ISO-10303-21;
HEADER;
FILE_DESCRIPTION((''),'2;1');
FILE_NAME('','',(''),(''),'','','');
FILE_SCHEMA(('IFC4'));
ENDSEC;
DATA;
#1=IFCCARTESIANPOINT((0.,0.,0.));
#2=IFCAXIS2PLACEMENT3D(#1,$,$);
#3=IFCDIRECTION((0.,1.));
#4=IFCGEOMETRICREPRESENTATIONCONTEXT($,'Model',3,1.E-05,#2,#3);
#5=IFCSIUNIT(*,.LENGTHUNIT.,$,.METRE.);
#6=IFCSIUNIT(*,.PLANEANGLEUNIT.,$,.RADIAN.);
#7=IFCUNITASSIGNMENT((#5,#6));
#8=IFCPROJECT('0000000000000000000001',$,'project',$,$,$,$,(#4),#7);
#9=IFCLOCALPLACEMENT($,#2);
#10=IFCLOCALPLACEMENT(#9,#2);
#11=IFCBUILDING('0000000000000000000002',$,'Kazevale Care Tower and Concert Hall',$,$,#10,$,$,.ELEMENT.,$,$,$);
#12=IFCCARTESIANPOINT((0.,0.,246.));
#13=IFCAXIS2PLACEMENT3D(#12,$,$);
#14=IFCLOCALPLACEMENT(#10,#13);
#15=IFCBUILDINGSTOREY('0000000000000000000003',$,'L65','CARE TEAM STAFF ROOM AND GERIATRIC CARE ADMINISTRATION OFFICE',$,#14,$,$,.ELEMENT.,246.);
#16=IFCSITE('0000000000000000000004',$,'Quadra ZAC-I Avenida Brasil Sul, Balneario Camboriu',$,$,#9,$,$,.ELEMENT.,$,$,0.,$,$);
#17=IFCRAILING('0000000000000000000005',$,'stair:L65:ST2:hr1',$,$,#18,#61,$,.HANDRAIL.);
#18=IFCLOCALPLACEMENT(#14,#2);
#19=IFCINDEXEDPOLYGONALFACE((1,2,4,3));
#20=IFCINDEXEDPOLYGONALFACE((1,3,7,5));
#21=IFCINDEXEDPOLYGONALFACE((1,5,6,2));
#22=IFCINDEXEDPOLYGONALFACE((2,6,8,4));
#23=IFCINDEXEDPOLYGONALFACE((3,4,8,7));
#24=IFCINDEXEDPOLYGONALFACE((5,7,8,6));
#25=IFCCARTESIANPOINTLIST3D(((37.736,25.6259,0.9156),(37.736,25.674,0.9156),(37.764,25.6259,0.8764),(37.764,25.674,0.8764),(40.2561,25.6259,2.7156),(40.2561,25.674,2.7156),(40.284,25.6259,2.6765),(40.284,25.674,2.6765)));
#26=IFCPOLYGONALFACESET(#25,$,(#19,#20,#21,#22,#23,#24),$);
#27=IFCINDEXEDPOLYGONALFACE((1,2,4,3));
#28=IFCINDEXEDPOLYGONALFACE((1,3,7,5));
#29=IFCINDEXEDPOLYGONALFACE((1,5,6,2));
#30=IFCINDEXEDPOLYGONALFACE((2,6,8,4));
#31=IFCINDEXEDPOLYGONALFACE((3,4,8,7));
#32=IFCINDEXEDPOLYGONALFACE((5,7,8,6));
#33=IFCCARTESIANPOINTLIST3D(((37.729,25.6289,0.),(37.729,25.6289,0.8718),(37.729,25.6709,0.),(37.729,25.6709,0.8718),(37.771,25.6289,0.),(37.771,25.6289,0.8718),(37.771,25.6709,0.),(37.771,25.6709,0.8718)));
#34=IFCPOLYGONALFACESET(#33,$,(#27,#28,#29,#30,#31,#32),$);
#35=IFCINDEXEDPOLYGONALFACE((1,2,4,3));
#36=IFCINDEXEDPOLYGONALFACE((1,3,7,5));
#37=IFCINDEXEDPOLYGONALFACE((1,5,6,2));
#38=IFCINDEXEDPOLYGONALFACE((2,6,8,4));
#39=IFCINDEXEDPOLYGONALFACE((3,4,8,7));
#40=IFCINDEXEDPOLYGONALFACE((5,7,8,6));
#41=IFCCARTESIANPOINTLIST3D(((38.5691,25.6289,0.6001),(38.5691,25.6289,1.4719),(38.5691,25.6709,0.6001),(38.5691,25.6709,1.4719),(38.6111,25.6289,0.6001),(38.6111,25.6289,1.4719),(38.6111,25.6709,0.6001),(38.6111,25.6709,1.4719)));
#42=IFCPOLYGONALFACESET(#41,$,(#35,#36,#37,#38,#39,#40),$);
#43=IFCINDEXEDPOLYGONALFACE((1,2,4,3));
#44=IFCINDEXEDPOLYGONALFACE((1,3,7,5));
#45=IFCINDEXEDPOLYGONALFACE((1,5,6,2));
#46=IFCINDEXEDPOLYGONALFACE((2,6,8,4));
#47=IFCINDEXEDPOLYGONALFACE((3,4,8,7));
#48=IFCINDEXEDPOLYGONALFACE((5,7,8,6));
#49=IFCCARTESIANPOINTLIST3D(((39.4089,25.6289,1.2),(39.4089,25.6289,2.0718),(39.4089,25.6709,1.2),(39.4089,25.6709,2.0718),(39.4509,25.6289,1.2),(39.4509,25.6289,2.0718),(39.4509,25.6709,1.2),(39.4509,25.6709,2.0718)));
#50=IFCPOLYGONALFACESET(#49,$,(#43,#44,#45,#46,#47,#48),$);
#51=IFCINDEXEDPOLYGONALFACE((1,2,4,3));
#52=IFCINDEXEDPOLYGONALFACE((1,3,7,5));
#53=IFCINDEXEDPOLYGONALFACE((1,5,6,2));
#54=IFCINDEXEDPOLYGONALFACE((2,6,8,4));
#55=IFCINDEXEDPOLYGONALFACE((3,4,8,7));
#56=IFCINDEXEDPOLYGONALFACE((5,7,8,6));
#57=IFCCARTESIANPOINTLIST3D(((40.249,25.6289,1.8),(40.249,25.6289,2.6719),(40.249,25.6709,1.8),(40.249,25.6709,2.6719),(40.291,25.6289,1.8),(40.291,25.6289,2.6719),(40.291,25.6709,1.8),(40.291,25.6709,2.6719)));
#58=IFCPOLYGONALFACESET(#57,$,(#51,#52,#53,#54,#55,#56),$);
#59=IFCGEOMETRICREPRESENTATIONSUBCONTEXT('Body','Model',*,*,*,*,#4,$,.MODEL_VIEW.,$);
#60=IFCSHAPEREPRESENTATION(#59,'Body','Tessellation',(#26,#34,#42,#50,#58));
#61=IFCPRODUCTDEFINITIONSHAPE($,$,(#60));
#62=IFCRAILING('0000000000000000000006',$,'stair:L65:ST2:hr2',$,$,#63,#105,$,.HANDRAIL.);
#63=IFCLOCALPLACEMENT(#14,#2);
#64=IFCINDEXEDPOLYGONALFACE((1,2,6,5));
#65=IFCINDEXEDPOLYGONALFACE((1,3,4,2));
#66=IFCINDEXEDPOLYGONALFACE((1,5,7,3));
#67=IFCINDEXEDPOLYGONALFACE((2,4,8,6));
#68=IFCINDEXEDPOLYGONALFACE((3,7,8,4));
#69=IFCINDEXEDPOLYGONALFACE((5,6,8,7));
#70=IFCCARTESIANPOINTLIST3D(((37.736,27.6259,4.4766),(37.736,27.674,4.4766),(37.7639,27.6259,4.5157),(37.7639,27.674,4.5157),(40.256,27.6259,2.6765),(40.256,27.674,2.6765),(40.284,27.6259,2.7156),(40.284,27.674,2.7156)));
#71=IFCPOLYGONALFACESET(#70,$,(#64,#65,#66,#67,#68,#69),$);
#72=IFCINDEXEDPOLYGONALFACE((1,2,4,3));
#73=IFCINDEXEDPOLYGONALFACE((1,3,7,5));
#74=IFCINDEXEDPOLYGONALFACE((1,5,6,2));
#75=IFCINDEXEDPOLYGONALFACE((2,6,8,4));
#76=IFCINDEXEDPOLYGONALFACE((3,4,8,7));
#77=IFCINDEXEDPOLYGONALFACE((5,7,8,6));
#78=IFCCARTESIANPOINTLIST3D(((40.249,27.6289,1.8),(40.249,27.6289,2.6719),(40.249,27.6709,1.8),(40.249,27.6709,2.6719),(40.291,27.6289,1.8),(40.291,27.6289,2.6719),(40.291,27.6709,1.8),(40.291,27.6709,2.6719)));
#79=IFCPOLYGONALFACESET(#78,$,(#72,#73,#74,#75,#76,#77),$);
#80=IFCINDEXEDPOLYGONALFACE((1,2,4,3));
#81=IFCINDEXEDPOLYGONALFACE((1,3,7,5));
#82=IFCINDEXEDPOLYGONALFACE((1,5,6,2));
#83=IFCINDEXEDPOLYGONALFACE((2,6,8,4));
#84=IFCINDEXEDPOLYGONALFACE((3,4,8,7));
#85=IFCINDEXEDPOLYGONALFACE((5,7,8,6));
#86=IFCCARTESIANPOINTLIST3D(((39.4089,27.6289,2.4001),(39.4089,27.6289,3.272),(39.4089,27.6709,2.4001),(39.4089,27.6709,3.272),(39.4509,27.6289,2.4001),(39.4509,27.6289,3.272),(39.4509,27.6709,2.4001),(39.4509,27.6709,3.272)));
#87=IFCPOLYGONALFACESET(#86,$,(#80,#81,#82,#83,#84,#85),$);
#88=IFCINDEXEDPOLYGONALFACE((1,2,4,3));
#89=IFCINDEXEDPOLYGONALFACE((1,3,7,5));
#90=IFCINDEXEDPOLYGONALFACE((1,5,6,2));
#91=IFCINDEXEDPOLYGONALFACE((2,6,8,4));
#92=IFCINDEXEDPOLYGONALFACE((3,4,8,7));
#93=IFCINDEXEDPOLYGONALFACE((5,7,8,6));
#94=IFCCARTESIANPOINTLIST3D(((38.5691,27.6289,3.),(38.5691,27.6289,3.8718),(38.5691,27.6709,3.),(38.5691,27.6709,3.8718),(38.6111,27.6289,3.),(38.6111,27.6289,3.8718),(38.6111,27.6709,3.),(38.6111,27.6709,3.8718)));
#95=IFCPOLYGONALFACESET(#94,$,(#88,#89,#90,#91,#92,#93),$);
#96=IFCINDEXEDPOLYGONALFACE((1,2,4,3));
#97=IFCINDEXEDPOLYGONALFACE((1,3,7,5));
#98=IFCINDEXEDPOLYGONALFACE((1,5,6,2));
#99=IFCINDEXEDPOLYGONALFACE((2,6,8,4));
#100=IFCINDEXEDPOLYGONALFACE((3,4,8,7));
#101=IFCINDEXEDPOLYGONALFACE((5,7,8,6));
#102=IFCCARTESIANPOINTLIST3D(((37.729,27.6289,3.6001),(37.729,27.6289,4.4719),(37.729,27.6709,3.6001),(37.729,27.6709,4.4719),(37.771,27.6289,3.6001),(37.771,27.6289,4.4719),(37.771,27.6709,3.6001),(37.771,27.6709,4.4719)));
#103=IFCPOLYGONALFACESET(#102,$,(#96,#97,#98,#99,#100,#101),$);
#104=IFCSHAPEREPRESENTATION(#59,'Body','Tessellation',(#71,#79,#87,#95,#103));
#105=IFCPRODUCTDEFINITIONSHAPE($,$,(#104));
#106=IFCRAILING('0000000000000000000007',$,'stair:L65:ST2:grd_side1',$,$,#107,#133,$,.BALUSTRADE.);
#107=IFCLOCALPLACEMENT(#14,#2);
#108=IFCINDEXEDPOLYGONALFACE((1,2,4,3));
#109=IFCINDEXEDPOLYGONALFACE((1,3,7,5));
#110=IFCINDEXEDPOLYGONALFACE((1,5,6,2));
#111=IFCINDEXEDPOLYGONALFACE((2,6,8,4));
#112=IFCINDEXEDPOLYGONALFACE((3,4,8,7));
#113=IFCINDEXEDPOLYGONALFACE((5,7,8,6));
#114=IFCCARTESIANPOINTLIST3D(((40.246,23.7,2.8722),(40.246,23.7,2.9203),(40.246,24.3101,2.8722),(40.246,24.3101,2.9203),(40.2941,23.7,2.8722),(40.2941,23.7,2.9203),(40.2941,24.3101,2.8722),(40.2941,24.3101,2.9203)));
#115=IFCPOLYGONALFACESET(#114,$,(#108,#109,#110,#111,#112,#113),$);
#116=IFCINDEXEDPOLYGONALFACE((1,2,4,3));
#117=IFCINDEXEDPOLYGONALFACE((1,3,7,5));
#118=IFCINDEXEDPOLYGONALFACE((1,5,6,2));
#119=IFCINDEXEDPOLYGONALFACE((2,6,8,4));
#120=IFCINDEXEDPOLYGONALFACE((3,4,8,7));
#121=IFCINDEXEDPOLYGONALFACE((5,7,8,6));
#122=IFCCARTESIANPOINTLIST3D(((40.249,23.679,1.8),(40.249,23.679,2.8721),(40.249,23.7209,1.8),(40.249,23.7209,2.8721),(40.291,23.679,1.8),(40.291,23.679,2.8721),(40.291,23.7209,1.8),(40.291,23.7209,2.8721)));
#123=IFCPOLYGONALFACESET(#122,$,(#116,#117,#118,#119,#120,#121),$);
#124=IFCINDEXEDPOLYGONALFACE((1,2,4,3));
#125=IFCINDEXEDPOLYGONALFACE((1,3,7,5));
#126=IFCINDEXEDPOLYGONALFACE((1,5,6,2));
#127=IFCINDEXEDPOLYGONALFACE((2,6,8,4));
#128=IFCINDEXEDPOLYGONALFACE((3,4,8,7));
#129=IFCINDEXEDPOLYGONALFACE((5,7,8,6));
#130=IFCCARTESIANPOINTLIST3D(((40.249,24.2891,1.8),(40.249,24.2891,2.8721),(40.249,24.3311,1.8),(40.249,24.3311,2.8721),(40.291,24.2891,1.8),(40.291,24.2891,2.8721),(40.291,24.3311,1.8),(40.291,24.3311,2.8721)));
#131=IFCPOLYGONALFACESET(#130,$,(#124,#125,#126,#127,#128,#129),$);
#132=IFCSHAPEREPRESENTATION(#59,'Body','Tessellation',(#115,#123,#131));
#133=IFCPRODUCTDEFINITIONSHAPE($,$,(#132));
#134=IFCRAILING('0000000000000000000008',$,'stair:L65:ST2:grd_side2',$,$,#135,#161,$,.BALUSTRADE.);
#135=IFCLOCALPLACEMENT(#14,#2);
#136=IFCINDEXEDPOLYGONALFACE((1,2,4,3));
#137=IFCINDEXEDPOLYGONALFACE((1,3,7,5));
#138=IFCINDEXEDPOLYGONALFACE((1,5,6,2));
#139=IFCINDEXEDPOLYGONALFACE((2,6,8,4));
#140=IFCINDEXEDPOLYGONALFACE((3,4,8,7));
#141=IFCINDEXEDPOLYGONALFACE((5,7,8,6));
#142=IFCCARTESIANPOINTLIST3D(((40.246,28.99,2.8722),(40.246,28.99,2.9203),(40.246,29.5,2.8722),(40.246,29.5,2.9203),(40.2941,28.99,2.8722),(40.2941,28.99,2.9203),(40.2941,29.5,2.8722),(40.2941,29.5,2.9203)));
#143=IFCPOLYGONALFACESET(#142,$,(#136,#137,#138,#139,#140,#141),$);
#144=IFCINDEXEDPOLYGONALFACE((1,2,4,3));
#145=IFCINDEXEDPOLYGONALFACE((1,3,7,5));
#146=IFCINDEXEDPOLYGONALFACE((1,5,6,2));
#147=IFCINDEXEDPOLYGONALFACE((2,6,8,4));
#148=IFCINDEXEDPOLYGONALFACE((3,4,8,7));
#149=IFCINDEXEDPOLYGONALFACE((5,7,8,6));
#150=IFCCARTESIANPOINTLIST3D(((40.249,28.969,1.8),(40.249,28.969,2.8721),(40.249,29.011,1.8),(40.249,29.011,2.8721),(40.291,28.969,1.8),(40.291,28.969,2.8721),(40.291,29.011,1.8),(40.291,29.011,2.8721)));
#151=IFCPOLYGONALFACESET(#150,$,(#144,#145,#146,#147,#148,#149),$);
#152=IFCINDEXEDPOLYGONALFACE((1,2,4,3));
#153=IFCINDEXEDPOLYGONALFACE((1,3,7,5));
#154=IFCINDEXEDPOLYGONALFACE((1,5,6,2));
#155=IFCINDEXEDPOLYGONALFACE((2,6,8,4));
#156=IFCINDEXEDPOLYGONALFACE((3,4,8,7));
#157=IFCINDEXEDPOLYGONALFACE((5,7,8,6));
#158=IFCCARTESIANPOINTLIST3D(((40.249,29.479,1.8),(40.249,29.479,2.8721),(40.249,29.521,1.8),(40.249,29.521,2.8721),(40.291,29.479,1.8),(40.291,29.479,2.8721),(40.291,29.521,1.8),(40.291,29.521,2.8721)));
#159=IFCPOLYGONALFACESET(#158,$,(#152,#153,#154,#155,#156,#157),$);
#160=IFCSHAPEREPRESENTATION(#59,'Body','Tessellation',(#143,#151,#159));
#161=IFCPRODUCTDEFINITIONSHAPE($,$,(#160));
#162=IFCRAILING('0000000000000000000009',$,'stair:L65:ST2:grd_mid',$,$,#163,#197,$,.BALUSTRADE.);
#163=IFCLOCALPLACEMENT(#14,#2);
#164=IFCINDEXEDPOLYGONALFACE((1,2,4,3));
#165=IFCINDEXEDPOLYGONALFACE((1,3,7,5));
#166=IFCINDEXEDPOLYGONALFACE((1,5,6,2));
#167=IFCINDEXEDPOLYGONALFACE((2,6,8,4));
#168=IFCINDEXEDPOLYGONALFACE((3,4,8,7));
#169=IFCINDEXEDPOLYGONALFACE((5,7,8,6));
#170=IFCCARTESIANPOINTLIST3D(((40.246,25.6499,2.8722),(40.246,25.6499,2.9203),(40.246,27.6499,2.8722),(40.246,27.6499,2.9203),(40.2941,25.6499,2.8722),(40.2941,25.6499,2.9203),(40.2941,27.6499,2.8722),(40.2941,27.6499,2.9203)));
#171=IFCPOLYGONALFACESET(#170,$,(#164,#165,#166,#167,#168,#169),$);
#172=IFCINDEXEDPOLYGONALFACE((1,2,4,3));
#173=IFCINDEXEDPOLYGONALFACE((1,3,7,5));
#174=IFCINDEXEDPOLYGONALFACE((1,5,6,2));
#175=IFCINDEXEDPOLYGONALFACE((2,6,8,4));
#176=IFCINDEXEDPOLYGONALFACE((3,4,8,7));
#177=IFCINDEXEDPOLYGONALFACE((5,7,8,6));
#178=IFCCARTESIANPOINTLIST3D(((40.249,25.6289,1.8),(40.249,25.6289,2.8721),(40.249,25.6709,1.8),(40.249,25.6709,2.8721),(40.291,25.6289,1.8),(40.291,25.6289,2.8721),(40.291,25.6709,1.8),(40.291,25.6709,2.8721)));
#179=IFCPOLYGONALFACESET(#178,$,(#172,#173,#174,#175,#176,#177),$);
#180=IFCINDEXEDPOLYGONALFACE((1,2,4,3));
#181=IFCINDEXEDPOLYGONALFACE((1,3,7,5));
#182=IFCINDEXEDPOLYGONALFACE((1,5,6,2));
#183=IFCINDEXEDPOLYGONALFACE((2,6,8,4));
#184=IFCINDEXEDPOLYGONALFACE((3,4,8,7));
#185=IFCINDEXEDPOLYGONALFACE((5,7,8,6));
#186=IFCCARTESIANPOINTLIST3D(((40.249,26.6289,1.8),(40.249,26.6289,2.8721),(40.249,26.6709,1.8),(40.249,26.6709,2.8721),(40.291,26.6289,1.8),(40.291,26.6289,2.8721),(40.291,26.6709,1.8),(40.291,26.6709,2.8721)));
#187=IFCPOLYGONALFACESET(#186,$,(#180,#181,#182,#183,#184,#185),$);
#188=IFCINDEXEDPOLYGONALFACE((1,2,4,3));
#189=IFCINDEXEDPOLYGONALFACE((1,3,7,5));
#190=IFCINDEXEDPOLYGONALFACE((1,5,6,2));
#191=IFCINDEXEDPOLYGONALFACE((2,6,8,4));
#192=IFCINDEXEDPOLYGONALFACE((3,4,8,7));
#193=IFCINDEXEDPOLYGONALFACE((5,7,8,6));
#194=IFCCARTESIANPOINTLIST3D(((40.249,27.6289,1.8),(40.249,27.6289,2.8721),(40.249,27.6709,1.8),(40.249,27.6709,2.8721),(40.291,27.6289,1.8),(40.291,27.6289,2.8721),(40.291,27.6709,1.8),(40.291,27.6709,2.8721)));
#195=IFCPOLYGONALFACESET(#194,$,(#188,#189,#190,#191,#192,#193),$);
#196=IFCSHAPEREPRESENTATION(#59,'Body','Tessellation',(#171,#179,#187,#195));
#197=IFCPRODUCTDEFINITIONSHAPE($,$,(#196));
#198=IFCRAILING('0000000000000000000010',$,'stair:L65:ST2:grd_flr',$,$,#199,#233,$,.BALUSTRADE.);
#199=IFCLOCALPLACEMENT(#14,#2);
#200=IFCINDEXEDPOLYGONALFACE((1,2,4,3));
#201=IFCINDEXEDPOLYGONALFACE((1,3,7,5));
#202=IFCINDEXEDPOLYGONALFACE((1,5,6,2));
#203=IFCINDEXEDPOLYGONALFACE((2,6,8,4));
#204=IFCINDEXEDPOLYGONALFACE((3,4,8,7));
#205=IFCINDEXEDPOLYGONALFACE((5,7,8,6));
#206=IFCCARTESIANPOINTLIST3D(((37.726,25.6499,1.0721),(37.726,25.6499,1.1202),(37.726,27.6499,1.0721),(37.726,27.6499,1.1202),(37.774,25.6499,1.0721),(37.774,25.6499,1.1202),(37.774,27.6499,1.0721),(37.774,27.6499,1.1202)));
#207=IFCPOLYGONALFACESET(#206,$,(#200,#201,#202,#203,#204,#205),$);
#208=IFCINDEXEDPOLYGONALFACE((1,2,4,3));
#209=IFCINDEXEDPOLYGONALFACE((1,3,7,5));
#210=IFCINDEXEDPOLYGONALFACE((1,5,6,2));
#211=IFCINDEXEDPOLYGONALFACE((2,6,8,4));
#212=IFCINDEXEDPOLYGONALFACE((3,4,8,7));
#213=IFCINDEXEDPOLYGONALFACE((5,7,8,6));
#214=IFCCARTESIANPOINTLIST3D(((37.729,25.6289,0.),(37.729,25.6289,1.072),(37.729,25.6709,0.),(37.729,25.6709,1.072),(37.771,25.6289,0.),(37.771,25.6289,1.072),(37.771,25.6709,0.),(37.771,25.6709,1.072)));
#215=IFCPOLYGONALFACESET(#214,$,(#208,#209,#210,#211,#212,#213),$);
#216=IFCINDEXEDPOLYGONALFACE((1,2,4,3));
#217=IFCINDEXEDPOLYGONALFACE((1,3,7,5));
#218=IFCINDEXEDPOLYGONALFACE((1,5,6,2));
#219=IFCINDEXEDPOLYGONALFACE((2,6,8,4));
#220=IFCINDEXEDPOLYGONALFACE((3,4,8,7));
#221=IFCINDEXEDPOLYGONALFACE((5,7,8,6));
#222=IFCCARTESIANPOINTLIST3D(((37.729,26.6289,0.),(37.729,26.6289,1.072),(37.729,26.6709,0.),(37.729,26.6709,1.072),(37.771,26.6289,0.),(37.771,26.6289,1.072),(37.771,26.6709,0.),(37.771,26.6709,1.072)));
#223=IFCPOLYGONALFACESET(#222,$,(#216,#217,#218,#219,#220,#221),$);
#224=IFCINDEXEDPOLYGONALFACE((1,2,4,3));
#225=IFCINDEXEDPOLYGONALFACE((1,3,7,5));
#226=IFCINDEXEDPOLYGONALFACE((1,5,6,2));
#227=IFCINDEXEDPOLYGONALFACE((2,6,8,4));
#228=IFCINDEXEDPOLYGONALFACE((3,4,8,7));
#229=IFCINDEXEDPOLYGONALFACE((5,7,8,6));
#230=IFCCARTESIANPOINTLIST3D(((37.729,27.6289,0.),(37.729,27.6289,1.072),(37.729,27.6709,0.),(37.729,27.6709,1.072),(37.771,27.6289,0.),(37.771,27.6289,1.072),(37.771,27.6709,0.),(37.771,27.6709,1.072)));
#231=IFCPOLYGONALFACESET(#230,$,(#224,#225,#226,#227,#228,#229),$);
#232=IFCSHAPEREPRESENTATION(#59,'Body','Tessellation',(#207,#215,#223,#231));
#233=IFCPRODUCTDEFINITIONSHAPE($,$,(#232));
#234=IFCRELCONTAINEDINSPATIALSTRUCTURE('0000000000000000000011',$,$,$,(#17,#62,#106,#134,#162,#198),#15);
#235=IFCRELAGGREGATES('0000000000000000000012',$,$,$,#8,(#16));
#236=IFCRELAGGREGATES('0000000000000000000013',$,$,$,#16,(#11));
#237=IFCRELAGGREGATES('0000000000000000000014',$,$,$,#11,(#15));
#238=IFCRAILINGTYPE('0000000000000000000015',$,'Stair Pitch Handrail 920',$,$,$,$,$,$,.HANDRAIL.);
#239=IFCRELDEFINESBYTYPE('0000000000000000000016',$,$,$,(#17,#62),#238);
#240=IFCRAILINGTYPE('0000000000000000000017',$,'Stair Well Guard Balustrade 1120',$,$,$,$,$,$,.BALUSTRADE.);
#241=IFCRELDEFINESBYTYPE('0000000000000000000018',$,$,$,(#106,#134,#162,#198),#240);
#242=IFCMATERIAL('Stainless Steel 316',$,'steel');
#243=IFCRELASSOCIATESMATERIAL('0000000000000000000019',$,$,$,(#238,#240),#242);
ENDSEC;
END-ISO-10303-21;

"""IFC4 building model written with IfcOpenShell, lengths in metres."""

from ifc_helpers import new_model, si_unit, direction, frame, origin, origin_2d, place, context, subcontext, project, spatial, rectangle, extrude, material, type_object, element, save


model = new_model("IFC4")

# Units and contexts
model_context = context("Model", 3, precision=1e-05, world=origin(), true_north=direction((0.0, 1.0)))
body_context = subcontext(model_context, "Body", "Model", "MODEL_VIEW")
ifc_project = project(units=[si_unit("LENGTHUNIT", "METRE"), si_unit("PLANEANGLEUNIT", "RADIAN")], contexts=[model_context])

# Site, building, storey
site_placement = place(None, origin())
site = spatial("IfcSite", under=ifc_project, at=site_placement, Name="Quadra ZAC-I Avenida Brasil Sul, Balneario Camboriu", CompositionType="ELEMENT", RefElevation=0.0)
building_placement = place(site_placement, origin())
building = spatial("IfcBuilding", under=site, at=building_placement, Name="Kazevale Care Tower and Concert Hall", CompositionType="ELEMENT")
storey_placement = place(building_placement, frame((0.0, 0.0, 246.0)))
storey = spatial("IfcBuildingStorey", under=building, at=storey_placement, Name="L65", Description="CARE TEAM STAFF ROOM AND GERIATRIC CARE ADMINISTRATION OFFICE", CompositionType="ELEMENT", Elevation=246.0)

# Railings
ifc_material_1 = material(Name="Stainless Steel 316", Category="steel")
railing_type_1 = type_object("IfcRailingType", Name="Stair Pitch Handrail 920", PredefinedType="HANDRAIL", material=ifc_material_1)
railing_1_placement = place(storey_placement, frame((37.75, 25.6499, 0.0)))
element("IfcRailing", 1, at=railing_1_placement, inside=storey, type_object=railing_type_1, Name="stair:L65:ST2:hr1", PredefinedType="HANDRAIL", context=body_context, shape_type="SweptSolid", body=[
    extrude(rectangle(XDim=0.0481, YDim=0.0481, at=origin_2d()), frame((0.0, 0.0, 0.896), z_axis=(0.813728, 0.0, 0.581246), x_axis=(0.0, 1.0, 0.0)), (0.0, 0.0, 1.0), 3.0969),
    extrude(rectangle(XDim=0.042, YDim=0.042, at=origin_2d()), origin(), (0.0, 0.0, 1.0), 0.8718),
    extrude(rectangle(XDim=0.042, YDim=0.042, at=origin_2d()), frame((0.8401, 0.0, 0.6001)), (0.0, 0.0, 1.0), 0.8718),
    extrude(rectangle(XDim=0.042, YDim=0.042, at=origin_2d()), frame((1.6799, 0.0, 1.2)), (0.0, 0.0, 1.0), 0.8718),
    extrude(rectangle(XDim=0.042, YDim=0.042, at=origin_2d()), frame((2.52, 0.0, 1.8)), (0.0, 0.0, 1.0), 0.8718),
])
railing_2_placement = place(storey_placement, frame((40.27, 27.6499, 1.8)))
element("IfcRailing", 2, at=railing_2_placement, inside=storey, type_object=railing_type_1, Name="stair:L65:ST2:hr2", PredefinedType="HANDRAIL", context=body_context, shape_type="SweptSolid", body=[
    extrude(rectangle(XDim=0.0481, YDim=0.0481, at=origin_2d()), frame((0.0, 0.0, 0.896), z_axis=(-0.813728, 0.0, 0.581246), x_axis=(0.0, -1.0, 0.0)), (0.0, 0.0, 1.0), 3.0969),
    extrude(rectangle(XDim=0.042, YDim=0.042, at=origin_2d()), origin(), (0.0, 0.0, 1.0), 0.8718),
    extrude(rectangle(XDim=0.042, YDim=0.042, at=origin_2d()), frame((-0.8401, 0.0, 0.6001)), (0.0, 0.0, 1.0), 0.8718),
    extrude(rectangle(XDim=0.042, YDim=0.042, at=origin_2d()), frame((-1.6799, 0.0, 1.2)), (0.0, 0.0, 1.0), 0.8718),
    extrude(rectangle(XDim=0.042, YDim=0.042, at=origin_2d()), frame((-2.52, 0.0, 1.8)), (0.0, 0.0, 1.0), 0.8718),
])
railing_type_2 = type_object("IfcRailingType", Name="Stair Well Guard Balustrade 1120", PredefinedType="BALUSTRADE", material=ifc_material_1)
railing_3_placement = place(storey_placement, frame((40.27, 23.7, 1.8)))
element("IfcRailing", 3, at=railing_3_placement, inside=storey, type_object=railing_type_2, Name="stair:L65:ST2:grd_side1", PredefinedType="BALUSTRADE", context=body_context, shape_type="SweptSolid", body=[
    extrude(rectangle(XDim=0.0481, YDim=0.0481, at=origin_2d()), frame((0.0, 0.0, 1.0962), z_axis=(0.0, 1.0, 0.0), x_axis=(-1.0, 0.0, 0.0)), (0.0, 0.0, 1.0), 0.6101),
    extrude(rectangle(XDim=0.042, YDim=0.042, at=origin_2d()), origin(), (0.0, 0.0, 1.0), 1.072),
    extrude(rectangle(XDim=0.042, YDim=0.042, at=origin_2d()), frame((0.0, 0.6101, 0.0)), (0.0, 0.0, 1.0), 1.072),
])
railing_4_placement = place(storey_placement, frame((40.27, 28.99, 1.8)))
element("IfcRailing", 4, at=railing_4_placement, inside=storey, type_object=railing_type_2, Name="stair:L65:ST2:grd_side2", PredefinedType="BALUSTRADE", context=body_context, shape_type="SweptSolid", body=[
    extrude(rectangle(XDim=0.0481, YDim=0.0481, at=origin_2d()), frame((0.0, 0.0, 1.0962), z_axis=(0.0, 1.0, 0.0), x_axis=(-1.0, 0.0, 0.0)), (0.0, 0.0, 1.0), 0.51),
    extrude(rectangle(XDim=0.042, YDim=0.042, at=origin_2d()), origin(), (0.0, 0.0, 1.0), 1.072),
    extrude(rectangle(XDim=0.042, YDim=0.042, at=origin_2d()), frame((0.0, 0.51, 0.0)), (0.0, 0.0, 1.0), 1.072),
])
for number, where, name in (
    (5, (40.27, 25.6499, 1.8), "stair:L65:ST2:grd_mid"),
    (6, (37.75, 25.6499, 0.0), "stair:L65:ST2:grd_flr"),
):
    element("IfcRailing", number, at=place(storey_placement, frame(where)), inside=storey, type_object=railing_type_2, Name=name, PredefinedType="BALUSTRADE", context=body_context, shape_type="SweptSolid", body=[
        extrude(rectangle(XDim=0.0481, YDim=0.0481, at=origin_2d()), frame((0.0, 0.0, 1.0962), z_axis=(0.0, 1.0, 0.0), x_axis=(-1.0, 0.0, 0.0)), (0.0, 0.0, 1.0), 2.0),
        extrude(rectangle(XDim=0.042, YDim=0.042, at=origin_2d()), origin(), (0.0, 0.0, 1.0), 1.072),
        extrude(rectangle(XDim=0.042, YDim=0.042, at=origin_2d()), frame((0.0, 1.0, 0.0)), (0.0, 0.0, 1.0), 1.072),
        extrude(rectangle(XDim=0.042, YDim=0.042, at=origin_2d()), frame((0.0, 2.0, 0.0)), (0.0, 0.0, 1.0), 1.072),
    ])

save(model, "model.ifc")
